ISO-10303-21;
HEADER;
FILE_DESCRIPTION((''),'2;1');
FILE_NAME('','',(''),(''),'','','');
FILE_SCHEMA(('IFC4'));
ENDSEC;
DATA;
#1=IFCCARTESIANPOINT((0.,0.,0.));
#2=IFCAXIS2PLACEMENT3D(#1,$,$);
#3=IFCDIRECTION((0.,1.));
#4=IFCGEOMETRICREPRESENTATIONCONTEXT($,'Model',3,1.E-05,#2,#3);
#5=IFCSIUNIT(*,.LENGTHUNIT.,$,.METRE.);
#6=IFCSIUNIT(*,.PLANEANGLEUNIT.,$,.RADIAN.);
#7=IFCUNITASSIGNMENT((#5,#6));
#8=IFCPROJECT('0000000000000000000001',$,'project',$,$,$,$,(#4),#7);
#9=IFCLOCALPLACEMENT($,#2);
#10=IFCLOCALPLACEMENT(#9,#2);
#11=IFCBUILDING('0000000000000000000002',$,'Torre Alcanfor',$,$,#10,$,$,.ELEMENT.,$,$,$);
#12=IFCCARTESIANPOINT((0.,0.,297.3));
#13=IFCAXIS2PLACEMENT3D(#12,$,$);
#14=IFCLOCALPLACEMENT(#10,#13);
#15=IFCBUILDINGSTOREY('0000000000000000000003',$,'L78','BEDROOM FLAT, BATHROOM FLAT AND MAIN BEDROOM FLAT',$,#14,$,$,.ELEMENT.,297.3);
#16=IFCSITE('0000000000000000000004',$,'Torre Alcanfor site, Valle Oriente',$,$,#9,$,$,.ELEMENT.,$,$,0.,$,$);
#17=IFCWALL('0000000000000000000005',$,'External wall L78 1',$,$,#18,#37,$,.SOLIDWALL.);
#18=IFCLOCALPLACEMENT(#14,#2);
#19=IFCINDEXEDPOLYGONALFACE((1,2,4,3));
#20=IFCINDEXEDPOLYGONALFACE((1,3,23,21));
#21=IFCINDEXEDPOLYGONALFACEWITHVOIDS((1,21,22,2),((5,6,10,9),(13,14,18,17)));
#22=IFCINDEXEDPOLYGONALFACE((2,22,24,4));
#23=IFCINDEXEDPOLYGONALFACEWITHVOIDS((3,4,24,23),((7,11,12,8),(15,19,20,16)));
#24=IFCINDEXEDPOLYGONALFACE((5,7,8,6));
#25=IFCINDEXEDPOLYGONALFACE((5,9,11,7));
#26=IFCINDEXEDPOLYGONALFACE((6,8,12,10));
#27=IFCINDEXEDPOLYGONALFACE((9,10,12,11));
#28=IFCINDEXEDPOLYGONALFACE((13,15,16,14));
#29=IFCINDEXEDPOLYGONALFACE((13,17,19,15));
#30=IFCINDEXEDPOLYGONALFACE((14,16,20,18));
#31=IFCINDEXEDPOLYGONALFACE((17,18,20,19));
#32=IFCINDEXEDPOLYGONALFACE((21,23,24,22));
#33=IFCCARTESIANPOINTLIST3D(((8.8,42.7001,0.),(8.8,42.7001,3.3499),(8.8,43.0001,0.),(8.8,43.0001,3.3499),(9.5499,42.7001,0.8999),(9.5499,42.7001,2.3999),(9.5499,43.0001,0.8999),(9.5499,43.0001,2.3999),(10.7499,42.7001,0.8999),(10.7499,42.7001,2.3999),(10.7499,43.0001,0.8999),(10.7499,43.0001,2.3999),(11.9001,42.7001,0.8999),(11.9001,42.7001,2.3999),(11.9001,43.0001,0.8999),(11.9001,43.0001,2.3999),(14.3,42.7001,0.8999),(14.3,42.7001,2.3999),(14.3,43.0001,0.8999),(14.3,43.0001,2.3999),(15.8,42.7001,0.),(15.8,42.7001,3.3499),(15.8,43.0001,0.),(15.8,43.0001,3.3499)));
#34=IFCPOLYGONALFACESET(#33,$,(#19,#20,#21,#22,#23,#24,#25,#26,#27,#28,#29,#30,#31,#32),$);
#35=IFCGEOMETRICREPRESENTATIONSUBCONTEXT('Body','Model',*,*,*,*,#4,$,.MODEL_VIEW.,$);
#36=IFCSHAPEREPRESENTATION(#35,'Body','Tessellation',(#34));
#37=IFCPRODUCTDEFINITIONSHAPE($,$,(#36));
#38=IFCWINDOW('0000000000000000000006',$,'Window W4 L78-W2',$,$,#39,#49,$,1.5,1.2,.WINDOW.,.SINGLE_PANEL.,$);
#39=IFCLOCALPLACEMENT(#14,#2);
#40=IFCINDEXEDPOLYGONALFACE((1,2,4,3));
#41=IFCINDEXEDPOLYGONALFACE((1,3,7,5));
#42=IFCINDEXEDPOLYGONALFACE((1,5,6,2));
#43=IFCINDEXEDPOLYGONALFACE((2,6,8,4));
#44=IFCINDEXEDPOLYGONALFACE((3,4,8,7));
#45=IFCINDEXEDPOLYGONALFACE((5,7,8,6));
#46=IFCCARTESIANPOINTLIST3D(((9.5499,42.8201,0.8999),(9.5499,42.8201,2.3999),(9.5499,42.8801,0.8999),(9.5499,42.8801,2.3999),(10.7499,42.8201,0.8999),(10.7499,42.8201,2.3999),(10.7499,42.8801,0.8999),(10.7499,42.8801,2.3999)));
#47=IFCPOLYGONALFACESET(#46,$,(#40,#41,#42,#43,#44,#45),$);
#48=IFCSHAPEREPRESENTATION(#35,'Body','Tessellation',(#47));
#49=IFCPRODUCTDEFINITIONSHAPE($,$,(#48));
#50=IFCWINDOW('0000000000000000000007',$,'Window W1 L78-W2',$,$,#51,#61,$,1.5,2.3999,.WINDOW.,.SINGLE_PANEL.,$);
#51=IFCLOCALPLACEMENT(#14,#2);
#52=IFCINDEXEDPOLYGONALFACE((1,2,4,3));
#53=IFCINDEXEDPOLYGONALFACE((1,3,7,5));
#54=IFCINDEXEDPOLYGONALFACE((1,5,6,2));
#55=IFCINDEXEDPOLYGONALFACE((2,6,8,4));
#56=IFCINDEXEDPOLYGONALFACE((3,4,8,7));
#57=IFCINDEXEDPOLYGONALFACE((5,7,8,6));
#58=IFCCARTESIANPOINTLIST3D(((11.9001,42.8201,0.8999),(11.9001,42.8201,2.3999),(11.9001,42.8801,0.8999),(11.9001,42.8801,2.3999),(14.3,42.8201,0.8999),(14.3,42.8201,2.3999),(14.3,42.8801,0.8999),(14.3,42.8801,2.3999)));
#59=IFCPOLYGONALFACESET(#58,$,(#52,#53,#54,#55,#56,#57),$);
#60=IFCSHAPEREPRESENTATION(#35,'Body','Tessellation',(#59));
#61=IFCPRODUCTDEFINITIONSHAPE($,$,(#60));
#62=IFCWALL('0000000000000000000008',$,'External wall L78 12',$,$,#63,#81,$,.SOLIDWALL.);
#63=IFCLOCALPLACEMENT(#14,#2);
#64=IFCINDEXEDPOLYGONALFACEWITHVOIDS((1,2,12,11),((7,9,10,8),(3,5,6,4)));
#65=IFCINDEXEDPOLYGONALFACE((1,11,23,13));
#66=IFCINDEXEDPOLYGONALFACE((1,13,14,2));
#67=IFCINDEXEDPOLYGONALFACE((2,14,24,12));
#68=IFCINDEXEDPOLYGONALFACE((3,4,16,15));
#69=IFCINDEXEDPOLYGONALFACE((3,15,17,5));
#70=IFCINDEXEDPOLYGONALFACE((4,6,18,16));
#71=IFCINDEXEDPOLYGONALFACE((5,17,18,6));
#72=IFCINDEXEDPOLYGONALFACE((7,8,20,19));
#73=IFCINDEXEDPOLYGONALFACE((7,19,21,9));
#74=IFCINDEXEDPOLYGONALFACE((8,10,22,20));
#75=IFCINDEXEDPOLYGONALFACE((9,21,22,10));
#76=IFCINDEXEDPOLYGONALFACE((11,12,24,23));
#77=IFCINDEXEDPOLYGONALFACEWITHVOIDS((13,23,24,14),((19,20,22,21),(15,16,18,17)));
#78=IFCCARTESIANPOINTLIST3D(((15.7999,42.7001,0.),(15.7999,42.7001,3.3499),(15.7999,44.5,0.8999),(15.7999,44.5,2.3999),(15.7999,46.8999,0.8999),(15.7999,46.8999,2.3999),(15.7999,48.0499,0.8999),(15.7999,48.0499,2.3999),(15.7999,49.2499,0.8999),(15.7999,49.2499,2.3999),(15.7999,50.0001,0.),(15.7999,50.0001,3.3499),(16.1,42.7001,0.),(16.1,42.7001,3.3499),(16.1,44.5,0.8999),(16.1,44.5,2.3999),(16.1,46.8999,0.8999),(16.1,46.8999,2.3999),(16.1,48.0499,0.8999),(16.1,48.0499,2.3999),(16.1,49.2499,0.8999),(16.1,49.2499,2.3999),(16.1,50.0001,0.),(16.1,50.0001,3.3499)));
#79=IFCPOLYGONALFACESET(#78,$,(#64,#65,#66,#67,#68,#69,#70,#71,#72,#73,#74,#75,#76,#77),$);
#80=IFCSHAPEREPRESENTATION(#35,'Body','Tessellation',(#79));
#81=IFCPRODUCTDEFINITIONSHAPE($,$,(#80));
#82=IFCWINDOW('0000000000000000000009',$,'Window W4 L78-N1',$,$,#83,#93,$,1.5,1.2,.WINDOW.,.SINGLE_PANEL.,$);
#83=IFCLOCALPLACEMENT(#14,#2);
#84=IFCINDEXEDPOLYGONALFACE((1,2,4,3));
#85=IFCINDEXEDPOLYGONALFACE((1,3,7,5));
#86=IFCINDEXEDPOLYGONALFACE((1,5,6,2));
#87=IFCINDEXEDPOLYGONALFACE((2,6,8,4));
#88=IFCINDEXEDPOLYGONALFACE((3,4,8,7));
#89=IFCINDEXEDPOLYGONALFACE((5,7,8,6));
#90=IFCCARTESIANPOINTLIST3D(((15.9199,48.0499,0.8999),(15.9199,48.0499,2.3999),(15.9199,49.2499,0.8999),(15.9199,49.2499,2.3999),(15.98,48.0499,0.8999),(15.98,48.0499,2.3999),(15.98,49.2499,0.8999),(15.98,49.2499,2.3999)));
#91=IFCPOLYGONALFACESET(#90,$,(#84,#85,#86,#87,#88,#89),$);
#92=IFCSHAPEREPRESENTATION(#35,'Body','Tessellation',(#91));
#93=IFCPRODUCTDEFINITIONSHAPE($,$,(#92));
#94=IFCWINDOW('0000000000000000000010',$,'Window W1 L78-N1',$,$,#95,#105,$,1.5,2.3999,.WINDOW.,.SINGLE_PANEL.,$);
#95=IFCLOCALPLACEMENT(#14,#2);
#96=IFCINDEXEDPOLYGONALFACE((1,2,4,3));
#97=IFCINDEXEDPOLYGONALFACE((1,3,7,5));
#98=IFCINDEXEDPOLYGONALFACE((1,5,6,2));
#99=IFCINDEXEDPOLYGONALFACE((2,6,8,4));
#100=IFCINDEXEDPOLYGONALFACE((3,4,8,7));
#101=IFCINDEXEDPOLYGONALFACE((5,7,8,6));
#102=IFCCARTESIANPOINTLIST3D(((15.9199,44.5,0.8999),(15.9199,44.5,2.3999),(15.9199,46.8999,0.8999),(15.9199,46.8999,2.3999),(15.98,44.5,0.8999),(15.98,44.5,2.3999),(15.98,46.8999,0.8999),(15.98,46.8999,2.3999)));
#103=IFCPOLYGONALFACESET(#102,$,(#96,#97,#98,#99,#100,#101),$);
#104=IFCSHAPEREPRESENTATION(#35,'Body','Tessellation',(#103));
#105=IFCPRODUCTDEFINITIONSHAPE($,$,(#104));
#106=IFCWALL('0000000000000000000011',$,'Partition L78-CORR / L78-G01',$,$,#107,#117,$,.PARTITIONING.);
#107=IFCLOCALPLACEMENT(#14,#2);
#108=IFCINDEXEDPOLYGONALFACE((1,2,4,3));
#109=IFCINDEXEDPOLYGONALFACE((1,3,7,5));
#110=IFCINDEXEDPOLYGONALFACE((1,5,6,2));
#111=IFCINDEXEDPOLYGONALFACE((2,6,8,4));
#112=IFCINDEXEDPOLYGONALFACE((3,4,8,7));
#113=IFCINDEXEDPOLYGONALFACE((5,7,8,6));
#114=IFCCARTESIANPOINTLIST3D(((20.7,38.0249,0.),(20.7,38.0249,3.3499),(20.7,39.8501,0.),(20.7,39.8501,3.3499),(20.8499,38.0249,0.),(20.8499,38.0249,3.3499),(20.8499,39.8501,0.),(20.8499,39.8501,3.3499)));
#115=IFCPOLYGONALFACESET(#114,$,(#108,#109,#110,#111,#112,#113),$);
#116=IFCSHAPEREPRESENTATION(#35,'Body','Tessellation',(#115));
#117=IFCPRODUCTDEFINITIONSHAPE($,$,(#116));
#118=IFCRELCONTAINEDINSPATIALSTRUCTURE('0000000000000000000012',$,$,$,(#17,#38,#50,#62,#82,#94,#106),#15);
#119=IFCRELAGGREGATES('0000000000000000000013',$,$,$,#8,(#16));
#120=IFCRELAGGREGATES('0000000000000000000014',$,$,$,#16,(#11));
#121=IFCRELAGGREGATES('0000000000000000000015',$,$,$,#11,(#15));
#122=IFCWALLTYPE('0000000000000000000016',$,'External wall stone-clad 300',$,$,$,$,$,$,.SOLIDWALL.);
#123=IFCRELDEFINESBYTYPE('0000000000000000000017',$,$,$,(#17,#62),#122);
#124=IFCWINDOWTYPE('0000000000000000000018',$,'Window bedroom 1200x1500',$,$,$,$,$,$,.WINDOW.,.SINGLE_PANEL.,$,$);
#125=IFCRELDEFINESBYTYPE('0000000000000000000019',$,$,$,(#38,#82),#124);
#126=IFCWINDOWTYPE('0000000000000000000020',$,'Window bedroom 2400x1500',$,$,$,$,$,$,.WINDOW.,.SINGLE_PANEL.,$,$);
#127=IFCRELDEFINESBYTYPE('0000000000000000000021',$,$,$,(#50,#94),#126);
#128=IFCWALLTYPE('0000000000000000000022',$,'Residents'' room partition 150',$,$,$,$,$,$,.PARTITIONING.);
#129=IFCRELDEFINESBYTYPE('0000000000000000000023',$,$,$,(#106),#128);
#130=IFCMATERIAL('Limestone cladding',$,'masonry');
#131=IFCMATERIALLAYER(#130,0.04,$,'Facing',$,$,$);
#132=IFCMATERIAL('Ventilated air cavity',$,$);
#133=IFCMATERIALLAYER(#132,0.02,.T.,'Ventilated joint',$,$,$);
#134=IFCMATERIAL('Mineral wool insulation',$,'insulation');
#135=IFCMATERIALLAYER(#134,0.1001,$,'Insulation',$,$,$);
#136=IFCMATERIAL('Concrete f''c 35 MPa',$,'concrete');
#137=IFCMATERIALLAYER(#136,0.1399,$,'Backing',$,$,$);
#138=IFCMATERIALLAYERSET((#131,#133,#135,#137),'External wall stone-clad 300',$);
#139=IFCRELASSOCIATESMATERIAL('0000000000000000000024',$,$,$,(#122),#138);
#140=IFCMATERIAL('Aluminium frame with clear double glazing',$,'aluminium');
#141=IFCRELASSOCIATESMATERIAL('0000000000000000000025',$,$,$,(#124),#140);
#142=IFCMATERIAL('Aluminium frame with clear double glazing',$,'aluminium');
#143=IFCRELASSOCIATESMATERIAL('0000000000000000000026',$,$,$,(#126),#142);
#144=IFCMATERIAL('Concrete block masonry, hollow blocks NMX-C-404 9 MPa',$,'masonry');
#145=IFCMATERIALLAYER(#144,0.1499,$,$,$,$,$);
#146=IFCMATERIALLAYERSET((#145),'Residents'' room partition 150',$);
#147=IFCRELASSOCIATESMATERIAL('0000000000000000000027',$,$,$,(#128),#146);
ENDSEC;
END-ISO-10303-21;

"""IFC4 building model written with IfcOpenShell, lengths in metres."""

from ifc_helpers import new_model, si_unit, direction, frame, frame_2d, origin, place, context, subcontext, project, spatial, rectangle, extrude, material, layer, layer_set, type_object, element, fill, save


model = new_model("IFC4")

# Units and contexts
model_context = context("Model", 3, precision=1e-05, world=origin(), true_north=direction((0.0, 1.0)))
body_context = subcontext(model_context, "Body", "Model", "MODEL_VIEW")
ifc_project = project(units=[si_unit("LENGTHUNIT", "METRE"), si_unit("PLANEANGLEUNIT", "RADIAN")], contexts=[model_context])

# Site, building, storey
site_placement = place(None, origin())
site = spatial("IfcSite", under=ifc_project, at=site_placement, Name="Torre Alcanfor site, Valle Oriente", CompositionType="ELEMENT", RefElevation=0.0)
building_placement = place(site_placement, origin())
building = spatial("IfcBuilding", under=site, at=building_placement, Name="Torre Alcanfor", CompositionType="ELEMENT")
storey_placement = place(building_placement, frame((0.0, 0.0, 297.3)))
storey = spatial("IfcBuildingStorey", under=building, at=storey_placement, Name="L78", Description="BEDROOM FLAT, BATHROOM FLAT AND MAIN BEDROOM FLAT", CompositionType="ELEMENT", Elevation=297.3)

# Walls, openings, windows
ifc_material_1 = material(Name="Limestone cladding", Category="masonry")
ifc_layer_1 = layer(ifc_material_1, 0.04, Name="Facing")
ifc_material_2 = material(Name="Ventilated air cavity")
ifc_layer_2 = layer(ifc_material_2, 0.02, ventilated=True, Name="Ventilated joint")
ifc_material_3 = material(Name="Mineral wool insulation", Category="insulation")
ifc_layer_3 = layer(ifc_material_3, 0.1001, Name="Insulation")
ifc_material_4 = material(Name="Concrete f'c 35 MPa", Category="concrete")
ifc_layer_4 = layer(ifc_material_4, 0.1399, Name="Backing")
ifc_layer_set_1 = layer_set([ifc_layer_1, ifc_layer_2, ifc_layer_3, ifc_layer_4], Name="External wall stone-clad 300")
wall_type_1 = type_object("IfcWallType", Name="External wall stone-clad 300", PredefinedType="SOLIDWALL", material=ifc_layer_set_1)
wall_1_placement = place(storey_placement, frame((15.8, 42.8501, 0.0), z_axis=(0.0, 0.0, 1.0), x_axis=(-1.0, 0.0, 0.0)))
wall_1 = element("IfcWall", 1, at=wall_1_placement, inside=storey, type_object=wall_type_1, Name="External wall L78 1", PredefinedType="SOLIDWALL", context=body_context, shape_type="SweptSolid", body=[
    extrude(rectangle(XDim=7.0, YDim=0.3, at=frame_2d((3.5, 0.0))), origin(), (0.0, 0.0, 1.0), 3.3499),
])
opening_1_placement = place(wall_1_placement, frame((1.5, 0.0, 0.8999)))
opening_1 = element("IfcOpeningElement", 2, at=opening_1_placement, cuts=wall_1, PredefinedType="OPENING", context=body_context, shape_type="SweptSolid", body=[
    extrude(rectangle(XDim=2.3999, YDim=1.5, at=frame_2d((1.2, 0.75))), frame((0.0, 0.1599, 0.0), z_axis=(0.0, -1.0, 0.0), x_axis=(1.0, 0.0, 0.0)), (0.0, 0.0, 1.0), 0.3201),
])
opening_2_placement = place(wall_1_placement, frame((5.05, 0.0, 0.8999)))
opening_2 = element("IfcOpeningElement", 3, at=opening_2_placement, cuts=wall_1, PredefinedType="OPENING", context=body_context, shape_type="SweptSolid", body=[
    extrude(rectangle(XDim=1.2, YDim=1.5, at=frame_2d((0.6001, 0.75))), frame((0.0, 0.1599, 0.0), z_axis=(0.0, -1.0, 0.0), x_axis=(1.0, 0.0, 0.0)), (0.0, 0.0, 1.0), 0.3201),
])
ifc_material_5 = material(Name="Aluminium frame with clear double glazing", Category="aluminium")
window_type_1 = type_object("IfcWindowType", Name="Window bedroom 1200x1500", PartitioningType="SINGLE_PANEL", PredefinedType="WINDOW", material=ifc_material_5)
window_1_placement = place(opening_2_placement, origin())
window_1 = element("IfcWindow", 4, at=window_1_placement, inside=storey, type_object=window_type_1, Name="Window W4 L78-W2", OverallHeight=1.5, OverallWidth=1.2, PartitioningType="SINGLE_PANEL", PredefinedType="WINDOW", context=body_context, shape_type="SweptSolid", body=[
    extrude(rectangle(XDim=1.2, YDim=1.5, at=frame_2d((0.6001, 0.75))), frame((0.0, 0.03, 0.0), z_axis=(0.0, -1.0, 0.0), x_axis=(1.0, 0.0, 0.0)), (0.0, 0.0, 1.0), 0.0601),
])
fill(opening_2, window_1)
ifc_material_6 = material(Name="Aluminium frame with clear double glazing", Category="aluminium")
window_type_2 = type_object("IfcWindowType", Name="Window bedroom 2400x1500", PartitioningType="SINGLE_PANEL", PredefinedType="WINDOW", material=ifc_material_6)
window_2_placement = place(opening_1_placement, origin())
window_2 = element("IfcWindow", 5, at=window_2_placement, inside=storey, type_object=window_type_2, Name="Window W1 L78-W2", OverallHeight=1.5, OverallWidth=2.3999, PartitioningType="SINGLE_PANEL", PredefinedType="WINDOW", context=body_context, shape_type="SweptSolid", body=[
    extrude(rectangle(XDim=2.3999, YDim=1.5, at=frame_2d((1.2, 0.75))), frame((0.0, 0.03, 0.0), z_axis=(0.0, -1.0, 0.0), x_axis=(1.0, 0.0, 0.0)), (0.0, 0.0, 1.0), 0.0601),
])
fill(opening_1, window_2)
wall_2_placement = place(storey_placement, frame((15.95, 50.0, 0.0), z_axis=(0.0, 0.0, 1.0), x_axis=(0.0, -1.0, 0.0)))
wall_2 = element("IfcWall", 6, at=wall_2_placement, inside=storey, type_object=wall_type_1, Name="External wall L78 12", PredefinedType="SOLIDWALL", context=body_context, shape_type="SweptSolid", body=[
    extrude(rectangle(XDim=7.3, YDim=0.3, at=frame_2d((3.6499, 0.0))), origin(), (0.0, 0.0, 1.0), 3.3499),
])
opening_3_placement = place(wall_2_placement, frame((3.1001, 0.0, 0.8999)))
opening_3 = element("IfcOpeningElement", 7, at=opening_3_placement, cuts=wall_2, PredefinedType="OPENING", context=body_context, shape_type="SweptSolid", body=[
    extrude(rectangle(XDim=2.3999, YDim=1.5, at=frame_2d((1.2, 0.75))), frame((0.0, 0.1599, 0.0), z_axis=(0.0, -1.0, 0.0), x_axis=(1.0, 0.0, 0.0)), (0.0, 0.0, 1.0), 0.3201),
])
opening_4_placement = place(wall_2_placement, frame((0.75, 0.0, 0.8999)))
opening_4 = element("IfcOpeningElement", 8, at=opening_4_placement, cuts=wall_2, PredefinedType="OPENING", context=body_context, shape_type="SweptSolid", body=[
    extrude(rectangle(XDim=1.2, YDim=1.5, at=frame_2d((0.6001, 0.75))), frame((0.0, 0.1599, 0.0), z_axis=(0.0, -1.0, 0.0), x_axis=(1.0, 0.0, 0.0)), (0.0, 0.0, 1.0), 0.3201),
])
window_3_placement = place(opening_4_placement, origin())
window_3 = element("IfcWindow", 9, at=window_3_placement, inside=storey, type_object=window_type_1, Name="Window W4 L78-N1", OverallHeight=1.5, OverallWidth=1.2, PartitioningType="SINGLE_PANEL", PredefinedType="WINDOW", context=body_context, shape_type="SweptSolid", body=[
    extrude(rectangle(XDim=1.2, YDim=1.5, at=frame_2d((0.6001, 0.75))), frame((0.0, 0.03, 0.0), z_axis=(0.0, -1.0, 0.0), x_axis=(1.0, 0.0, 0.0)), (0.0, 0.0, 1.0), 0.0601),
])
fill(opening_4, window_3)
window_4_placement = place(opening_3_placement, origin())
window_4 = element("IfcWindow", 10, at=window_4_placement, inside=storey, type_object=window_type_2, Name="Window W1 L78-N1", OverallHeight=1.5, OverallWidth=2.3999, PartitioningType="SINGLE_PANEL", PredefinedType="WINDOW", context=body_context, shape_type="SweptSolid", body=[
    extrude(rectangle(XDim=2.3999, YDim=1.5, at=frame_2d((1.2, 0.75))), frame((0.0, 0.03, 0.0), z_axis=(0.0, -1.0, 0.0), x_axis=(1.0, 0.0, 0.0)), (0.0, 0.0, 1.0), 0.0601),
])
fill(opening_3, window_4)

# Wall
ifc_material_7 = material(Name="Concrete block masonry, hollow blocks NMX-C-404 9 MPa", Category="masonry")
ifc_layer_5 = layer(ifc_material_7, 0.1499)
ifc_layer_set_2 = layer_set([ifc_layer_5], Name="Residents' room partition 150")
wall_type_2 = type_object("IfcWallType", Name="Residents' room partition 150", PredefinedType="PARTITIONING", material=ifc_layer_set_2)
wall_3_placement = place(storey_placement, frame((20.7749, 39.8501, 0.0), z_axis=(0.0, 0.0, 1.0), x_axis=(0.0, -1.0, 0.0)))
element("IfcWall", 11, at=wall_3_placement, inside=storey, type_object=wall_type_2, Name="Partition L78-CORR / L78-G01", PredefinedType="PARTITIONING", context=body_context, shape_type="SweptSolid", body=[
    extrude(rectangle(XDim=1.8252, YDim=0.1499, at=frame_2d((0.9126, 0.0))), origin(), (0.0, 0.0, 1.0), 3.3499),
])

save(model, "model.ifc")
